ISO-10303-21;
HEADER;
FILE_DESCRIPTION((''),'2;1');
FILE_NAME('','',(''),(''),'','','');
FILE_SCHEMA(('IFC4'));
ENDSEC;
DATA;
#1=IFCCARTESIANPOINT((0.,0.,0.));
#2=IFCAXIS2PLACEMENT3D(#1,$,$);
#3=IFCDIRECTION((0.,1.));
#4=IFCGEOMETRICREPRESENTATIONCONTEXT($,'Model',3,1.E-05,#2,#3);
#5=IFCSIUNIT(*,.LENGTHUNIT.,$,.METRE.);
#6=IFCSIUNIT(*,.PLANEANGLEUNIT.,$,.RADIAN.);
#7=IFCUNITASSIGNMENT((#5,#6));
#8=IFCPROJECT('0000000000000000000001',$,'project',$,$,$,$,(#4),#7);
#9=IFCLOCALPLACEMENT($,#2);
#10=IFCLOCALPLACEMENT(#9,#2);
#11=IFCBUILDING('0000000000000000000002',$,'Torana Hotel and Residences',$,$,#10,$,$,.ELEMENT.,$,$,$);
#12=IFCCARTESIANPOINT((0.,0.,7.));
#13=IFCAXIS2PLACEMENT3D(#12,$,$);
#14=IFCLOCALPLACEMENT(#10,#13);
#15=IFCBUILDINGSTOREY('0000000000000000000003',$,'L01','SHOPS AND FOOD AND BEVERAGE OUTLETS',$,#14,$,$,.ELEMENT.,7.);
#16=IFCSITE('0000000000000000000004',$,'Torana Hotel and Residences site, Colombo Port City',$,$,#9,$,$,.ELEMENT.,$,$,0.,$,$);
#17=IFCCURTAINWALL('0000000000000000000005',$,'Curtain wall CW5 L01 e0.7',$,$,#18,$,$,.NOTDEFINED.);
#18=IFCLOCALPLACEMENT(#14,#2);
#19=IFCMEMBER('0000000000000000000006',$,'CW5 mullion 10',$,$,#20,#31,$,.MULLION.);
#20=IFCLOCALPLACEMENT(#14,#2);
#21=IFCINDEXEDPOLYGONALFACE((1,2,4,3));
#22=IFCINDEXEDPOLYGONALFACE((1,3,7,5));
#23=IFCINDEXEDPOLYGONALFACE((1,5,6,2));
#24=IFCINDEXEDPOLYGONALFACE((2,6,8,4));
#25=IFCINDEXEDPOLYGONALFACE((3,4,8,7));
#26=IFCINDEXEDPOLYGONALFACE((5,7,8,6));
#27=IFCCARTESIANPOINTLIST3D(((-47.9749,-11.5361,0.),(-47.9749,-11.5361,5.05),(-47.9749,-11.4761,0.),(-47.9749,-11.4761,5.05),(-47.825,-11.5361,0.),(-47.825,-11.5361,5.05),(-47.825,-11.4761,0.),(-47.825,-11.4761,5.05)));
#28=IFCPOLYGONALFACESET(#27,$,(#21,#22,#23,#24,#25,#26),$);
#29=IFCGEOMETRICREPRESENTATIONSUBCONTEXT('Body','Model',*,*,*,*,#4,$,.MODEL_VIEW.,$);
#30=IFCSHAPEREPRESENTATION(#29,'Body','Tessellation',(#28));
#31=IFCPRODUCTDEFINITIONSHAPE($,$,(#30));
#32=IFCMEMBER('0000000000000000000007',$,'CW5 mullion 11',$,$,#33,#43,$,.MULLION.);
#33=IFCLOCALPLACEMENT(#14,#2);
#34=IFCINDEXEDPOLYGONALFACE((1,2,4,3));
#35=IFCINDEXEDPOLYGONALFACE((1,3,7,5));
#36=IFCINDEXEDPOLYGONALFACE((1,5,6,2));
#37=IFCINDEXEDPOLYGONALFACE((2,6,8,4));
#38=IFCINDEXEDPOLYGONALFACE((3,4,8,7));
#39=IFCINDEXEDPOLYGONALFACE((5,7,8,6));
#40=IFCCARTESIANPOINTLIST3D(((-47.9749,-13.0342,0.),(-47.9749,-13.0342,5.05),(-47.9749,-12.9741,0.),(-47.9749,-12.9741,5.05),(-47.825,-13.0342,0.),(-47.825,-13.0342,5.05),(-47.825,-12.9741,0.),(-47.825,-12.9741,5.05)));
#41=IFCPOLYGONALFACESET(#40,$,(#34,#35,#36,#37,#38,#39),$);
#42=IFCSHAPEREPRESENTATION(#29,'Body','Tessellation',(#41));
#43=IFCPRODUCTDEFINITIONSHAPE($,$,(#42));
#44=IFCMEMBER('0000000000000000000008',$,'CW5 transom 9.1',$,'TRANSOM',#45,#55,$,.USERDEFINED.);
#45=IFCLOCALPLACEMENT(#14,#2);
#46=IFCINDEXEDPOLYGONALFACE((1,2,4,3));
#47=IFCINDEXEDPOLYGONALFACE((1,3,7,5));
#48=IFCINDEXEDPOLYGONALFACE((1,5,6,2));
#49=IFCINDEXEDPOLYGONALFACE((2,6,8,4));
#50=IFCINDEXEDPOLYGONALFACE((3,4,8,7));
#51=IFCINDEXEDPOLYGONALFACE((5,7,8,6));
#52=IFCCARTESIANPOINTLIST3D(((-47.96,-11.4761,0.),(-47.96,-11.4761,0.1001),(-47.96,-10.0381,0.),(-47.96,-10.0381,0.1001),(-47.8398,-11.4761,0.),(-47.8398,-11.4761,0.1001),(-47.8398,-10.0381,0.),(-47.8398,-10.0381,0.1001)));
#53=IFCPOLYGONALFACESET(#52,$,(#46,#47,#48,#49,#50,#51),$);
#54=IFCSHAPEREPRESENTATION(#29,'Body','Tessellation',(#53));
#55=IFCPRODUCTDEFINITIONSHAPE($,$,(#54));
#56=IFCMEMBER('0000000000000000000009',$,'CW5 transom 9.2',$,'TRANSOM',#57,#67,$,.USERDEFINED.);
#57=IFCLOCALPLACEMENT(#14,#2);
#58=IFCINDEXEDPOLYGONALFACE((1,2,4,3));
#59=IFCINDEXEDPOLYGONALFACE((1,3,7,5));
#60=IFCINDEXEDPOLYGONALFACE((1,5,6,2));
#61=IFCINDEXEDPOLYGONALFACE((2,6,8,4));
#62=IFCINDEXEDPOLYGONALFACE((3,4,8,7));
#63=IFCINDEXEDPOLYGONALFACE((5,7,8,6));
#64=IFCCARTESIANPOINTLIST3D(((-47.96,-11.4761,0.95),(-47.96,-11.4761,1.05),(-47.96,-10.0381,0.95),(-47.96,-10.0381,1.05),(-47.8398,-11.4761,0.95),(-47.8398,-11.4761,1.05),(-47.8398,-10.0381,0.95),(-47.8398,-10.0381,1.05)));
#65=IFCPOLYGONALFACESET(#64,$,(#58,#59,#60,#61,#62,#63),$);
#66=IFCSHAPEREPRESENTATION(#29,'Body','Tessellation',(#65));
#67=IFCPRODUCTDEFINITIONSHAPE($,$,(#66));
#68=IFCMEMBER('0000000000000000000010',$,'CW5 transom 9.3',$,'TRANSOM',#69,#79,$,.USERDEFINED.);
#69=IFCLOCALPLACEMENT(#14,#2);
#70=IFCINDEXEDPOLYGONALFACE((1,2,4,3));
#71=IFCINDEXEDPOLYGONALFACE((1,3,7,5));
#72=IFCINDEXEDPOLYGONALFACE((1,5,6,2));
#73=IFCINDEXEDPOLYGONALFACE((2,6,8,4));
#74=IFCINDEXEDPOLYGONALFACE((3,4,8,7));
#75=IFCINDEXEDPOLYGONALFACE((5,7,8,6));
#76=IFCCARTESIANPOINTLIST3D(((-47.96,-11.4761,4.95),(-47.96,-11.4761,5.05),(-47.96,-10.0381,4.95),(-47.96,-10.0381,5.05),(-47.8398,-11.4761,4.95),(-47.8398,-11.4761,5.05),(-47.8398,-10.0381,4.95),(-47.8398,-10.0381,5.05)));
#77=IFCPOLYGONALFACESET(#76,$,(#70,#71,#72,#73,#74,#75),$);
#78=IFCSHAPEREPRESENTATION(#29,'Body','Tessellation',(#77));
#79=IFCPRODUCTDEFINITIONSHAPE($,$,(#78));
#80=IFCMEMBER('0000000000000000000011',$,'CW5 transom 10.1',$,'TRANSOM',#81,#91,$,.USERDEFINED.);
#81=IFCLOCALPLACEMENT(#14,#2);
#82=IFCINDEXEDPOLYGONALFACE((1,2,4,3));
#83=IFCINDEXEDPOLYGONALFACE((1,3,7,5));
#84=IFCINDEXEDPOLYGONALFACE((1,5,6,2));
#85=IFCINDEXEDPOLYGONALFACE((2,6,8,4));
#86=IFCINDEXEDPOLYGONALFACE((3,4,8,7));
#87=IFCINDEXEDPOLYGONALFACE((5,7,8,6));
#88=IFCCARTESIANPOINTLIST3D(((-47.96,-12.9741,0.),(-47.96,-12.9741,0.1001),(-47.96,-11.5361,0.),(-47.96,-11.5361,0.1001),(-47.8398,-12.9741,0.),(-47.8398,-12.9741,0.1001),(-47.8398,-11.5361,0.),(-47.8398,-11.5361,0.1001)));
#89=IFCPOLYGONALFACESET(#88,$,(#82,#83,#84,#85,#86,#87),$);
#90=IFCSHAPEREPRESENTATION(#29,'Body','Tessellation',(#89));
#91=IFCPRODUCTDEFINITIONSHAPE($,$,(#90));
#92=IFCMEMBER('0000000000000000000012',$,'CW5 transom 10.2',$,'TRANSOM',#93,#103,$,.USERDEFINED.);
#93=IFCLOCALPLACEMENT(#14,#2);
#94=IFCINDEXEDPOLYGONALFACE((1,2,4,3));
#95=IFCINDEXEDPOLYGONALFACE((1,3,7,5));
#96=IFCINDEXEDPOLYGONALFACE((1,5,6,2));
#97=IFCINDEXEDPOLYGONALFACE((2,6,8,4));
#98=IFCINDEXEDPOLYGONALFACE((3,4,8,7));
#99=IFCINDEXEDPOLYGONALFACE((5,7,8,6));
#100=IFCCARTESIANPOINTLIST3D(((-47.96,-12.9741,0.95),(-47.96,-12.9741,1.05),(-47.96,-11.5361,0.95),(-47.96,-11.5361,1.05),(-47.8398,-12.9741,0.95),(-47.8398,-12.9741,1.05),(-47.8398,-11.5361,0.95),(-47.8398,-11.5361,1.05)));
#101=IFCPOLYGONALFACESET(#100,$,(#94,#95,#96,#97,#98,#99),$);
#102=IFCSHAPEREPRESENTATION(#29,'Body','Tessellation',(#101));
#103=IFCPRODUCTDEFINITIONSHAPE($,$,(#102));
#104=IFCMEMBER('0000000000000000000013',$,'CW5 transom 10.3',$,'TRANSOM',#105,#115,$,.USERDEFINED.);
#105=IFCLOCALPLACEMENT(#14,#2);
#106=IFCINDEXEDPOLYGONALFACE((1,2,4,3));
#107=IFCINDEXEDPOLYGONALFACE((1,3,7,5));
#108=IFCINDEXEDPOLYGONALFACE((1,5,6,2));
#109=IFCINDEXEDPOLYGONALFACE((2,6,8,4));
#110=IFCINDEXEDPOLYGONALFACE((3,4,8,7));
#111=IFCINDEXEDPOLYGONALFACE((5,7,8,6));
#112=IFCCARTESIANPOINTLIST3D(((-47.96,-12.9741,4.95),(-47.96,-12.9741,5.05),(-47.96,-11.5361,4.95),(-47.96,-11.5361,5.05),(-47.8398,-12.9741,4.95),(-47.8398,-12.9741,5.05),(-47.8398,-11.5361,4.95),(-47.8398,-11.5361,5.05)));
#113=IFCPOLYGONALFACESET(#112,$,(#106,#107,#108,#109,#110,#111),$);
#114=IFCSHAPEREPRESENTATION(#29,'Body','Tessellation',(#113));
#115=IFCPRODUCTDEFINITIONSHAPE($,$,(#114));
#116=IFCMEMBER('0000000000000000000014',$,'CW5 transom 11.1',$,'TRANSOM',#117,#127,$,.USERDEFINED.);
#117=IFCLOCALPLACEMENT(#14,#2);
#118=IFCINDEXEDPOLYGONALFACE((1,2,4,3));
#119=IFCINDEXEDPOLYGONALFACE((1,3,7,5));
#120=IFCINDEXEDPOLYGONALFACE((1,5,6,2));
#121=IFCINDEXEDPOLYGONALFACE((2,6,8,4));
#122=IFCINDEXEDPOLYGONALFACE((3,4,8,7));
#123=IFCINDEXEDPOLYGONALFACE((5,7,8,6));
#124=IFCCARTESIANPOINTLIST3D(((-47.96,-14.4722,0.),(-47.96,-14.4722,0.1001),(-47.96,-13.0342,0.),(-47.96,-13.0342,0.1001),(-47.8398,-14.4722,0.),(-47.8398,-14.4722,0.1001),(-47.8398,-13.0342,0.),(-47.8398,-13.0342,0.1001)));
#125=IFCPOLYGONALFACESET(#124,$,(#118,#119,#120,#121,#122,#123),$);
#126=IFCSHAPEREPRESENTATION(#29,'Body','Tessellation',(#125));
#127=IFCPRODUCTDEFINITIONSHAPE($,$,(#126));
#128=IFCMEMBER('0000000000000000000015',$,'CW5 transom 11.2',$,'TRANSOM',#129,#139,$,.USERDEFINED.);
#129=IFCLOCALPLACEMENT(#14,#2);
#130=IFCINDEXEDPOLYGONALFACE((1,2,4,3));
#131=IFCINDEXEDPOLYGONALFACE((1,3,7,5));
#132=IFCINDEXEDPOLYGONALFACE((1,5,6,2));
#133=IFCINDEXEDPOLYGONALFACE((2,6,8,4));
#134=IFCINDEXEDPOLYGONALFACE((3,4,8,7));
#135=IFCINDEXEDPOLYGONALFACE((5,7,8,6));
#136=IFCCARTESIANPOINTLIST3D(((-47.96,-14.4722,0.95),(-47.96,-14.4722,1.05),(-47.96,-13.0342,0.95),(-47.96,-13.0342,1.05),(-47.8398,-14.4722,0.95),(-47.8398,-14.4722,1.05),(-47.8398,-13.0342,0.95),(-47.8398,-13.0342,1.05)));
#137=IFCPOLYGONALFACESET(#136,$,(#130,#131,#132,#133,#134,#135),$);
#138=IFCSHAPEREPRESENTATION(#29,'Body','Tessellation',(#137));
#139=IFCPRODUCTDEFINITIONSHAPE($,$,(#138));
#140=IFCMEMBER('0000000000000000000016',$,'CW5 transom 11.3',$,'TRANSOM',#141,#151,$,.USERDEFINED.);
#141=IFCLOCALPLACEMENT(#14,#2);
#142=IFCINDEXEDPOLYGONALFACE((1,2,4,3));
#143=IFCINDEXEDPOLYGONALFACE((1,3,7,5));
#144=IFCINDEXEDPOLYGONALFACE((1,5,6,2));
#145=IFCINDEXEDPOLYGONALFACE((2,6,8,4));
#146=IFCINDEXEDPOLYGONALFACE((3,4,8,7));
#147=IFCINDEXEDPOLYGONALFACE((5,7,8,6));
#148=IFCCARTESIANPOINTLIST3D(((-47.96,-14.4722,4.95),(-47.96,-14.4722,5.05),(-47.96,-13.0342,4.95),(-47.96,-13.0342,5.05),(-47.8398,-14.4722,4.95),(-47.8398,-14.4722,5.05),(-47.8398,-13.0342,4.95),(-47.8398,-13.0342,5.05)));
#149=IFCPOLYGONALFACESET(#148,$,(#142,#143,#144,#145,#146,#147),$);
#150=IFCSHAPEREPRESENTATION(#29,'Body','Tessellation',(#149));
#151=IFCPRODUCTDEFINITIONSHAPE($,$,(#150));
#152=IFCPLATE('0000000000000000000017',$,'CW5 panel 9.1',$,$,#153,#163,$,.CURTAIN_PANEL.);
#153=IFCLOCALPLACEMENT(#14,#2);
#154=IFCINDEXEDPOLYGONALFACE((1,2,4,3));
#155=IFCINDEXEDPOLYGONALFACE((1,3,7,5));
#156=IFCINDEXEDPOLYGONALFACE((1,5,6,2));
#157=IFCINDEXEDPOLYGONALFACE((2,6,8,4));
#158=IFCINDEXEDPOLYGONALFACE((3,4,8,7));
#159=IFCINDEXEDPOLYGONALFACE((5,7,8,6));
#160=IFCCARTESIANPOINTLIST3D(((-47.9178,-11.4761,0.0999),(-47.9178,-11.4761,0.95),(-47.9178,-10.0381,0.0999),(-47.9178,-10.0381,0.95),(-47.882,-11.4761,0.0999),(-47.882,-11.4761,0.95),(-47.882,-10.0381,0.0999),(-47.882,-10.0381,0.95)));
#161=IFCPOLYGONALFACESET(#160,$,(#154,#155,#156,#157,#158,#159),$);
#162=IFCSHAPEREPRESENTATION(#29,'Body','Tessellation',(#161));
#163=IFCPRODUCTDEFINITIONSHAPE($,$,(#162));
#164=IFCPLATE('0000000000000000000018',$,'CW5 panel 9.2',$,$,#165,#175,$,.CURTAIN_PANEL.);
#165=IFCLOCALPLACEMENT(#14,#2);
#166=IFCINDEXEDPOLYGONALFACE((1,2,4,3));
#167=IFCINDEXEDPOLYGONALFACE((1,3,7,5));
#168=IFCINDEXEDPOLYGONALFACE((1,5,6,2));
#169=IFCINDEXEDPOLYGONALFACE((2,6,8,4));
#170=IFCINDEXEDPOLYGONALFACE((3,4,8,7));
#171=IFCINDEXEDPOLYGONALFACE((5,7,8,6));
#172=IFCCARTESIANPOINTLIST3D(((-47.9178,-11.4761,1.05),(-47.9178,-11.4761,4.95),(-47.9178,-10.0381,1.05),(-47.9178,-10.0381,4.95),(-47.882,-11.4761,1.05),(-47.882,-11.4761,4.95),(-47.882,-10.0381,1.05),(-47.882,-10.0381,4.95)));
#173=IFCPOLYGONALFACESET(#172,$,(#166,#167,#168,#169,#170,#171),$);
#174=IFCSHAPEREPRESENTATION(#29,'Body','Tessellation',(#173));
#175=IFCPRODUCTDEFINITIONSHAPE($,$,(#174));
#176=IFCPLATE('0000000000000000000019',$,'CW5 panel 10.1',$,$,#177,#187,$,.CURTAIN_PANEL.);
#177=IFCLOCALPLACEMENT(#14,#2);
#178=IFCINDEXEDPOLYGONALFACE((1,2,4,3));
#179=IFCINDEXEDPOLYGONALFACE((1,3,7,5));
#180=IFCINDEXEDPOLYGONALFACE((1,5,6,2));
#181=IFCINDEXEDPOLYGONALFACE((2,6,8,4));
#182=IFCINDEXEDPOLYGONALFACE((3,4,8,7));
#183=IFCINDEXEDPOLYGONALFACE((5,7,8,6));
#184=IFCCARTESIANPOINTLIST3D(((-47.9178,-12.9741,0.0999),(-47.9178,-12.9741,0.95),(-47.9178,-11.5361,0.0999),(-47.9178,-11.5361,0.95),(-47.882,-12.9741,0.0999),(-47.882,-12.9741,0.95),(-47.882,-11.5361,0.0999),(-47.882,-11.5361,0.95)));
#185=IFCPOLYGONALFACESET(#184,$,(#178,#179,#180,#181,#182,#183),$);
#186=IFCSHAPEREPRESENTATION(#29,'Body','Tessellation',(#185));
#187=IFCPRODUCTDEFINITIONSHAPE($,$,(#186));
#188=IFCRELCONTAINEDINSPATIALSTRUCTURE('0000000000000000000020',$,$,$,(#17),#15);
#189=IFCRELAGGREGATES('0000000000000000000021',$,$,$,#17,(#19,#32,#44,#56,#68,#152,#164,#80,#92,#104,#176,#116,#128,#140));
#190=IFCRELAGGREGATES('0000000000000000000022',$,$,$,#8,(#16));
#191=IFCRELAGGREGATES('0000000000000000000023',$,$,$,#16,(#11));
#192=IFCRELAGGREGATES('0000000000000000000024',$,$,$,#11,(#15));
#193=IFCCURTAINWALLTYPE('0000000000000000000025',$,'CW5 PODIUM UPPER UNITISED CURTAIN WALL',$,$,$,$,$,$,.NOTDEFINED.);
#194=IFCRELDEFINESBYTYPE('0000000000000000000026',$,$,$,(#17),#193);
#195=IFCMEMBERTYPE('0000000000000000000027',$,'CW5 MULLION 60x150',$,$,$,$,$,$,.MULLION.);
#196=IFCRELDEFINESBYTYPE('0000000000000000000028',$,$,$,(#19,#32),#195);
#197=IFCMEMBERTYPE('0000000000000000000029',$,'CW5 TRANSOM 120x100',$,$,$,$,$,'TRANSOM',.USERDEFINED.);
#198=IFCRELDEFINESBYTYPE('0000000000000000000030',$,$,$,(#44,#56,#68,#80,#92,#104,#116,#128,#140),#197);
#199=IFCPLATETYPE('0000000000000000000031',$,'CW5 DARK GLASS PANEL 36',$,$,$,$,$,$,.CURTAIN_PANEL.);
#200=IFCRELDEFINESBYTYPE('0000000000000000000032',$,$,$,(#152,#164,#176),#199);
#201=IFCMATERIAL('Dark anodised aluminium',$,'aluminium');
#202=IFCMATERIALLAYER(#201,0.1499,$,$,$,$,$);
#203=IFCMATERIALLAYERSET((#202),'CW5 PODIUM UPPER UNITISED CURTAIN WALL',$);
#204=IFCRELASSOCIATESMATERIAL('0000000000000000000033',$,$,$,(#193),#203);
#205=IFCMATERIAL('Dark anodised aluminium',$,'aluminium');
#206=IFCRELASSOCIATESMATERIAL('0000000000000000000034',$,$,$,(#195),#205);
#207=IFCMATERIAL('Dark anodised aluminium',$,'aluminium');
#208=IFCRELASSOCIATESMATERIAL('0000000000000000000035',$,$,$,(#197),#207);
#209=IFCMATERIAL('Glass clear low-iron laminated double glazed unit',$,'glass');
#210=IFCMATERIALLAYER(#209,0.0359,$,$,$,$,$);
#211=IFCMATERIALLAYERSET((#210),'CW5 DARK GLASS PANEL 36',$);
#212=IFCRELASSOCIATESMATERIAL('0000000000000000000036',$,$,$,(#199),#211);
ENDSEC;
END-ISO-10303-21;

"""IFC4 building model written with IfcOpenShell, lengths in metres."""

from ifc_helpers import new_model, si_unit, direction, frame, origin, origin_2d, place, context, subcontext, project, spatial, rectangle, extrude, material, layer, layer_set, material_profile, profile_set, type_object, element, aggregate, save


model = new_model("IFC4")

# Units and contexts
model_context = context("Model", 3, precision=1e-05, world=origin(), true_north=direction((0.0, 1.0)))
body_context = subcontext(model_context, "Body", "Model", "MODEL_VIEW")
ifc_project = project(units=[si_unit("LENGTHUNIT", "METRE"), si_unit("PLANEANGLEUNIT", "RADIAN")], contexts=[model_context])

# Site, building, storey
site_placement = place(None, origin())
site = spatial("IfcSite", under=ifc_project, at=site_placement, Name="Torana Hotel and Residences site, Colombo Port City", CompositionType="ELEMENT", RefElevation=0.0)
building_placement = place(site_placement, origin())
building = spatial("IfcBuilding", under=site, at=building_placement, Name="Torana Hotel and Residences", CompositionType="ELEMENT")
storey_placement = place(building_placement, frame((0.0, 0.0, 7.0)))
storey = spatial("IfcBuildingStorey", under=building, at=storey_placement, Name="L01", Description="SHOPS AND FOOD AND BEVERAGE OUTLETS", CompositionType="ELEMENT", Elevation=7.0)

# Curtain wall, members, plates
ifc_material_1 = material(Name="Dark anodised aluminium", Category="aluminium")
ifc_layer_1 = layer(ifc_material_1, 0.1499)
ifc_layer_set_1 = layer_set([ifc_layer_1], Name="CW5 PODIUM UPPER UNITISED CURTAIN WALL")
curtain_wall_type = type_object("IfcCurtainWallType", Name="CW5 PODIUM UPPER UNITISED CURTAIN WALL", PredefinedType="NOTDEFINED", material=ifc_layer_set_1)
curtain_wall_placement = place(storey_placement, origin())
curtain_wall = element("IfcCurtainWall", 1, at=curtain_wall_placement, inside=storey, type_object=curtain_wall_type, Name="Curtain wall CW5 L01 e0.7", PredefinedType="NOTDEFINED")
ifc_material_2 = material(Name="Dark anodised aluminium", Category="aluminium")
ifc_material_profile_1 = material_profile(ifc_material_2, rectangle(XDim=0.1499, YDim=0.0601, at=origin_2d()), Name="CW5 MULLION 60x150")
ifc_profile_set_1 = profile_set([ifc_material_profile_1], Name="Dark anodised aluminium")
member_type_1 = type_object("IfcMemberType", Name="CW5 MULLION 60x150", PredefinedType="MULLION", material=ifc_profile_set_1)
member_1_placement = place(storey_placement, frame((-47.8999, -11.5061, 0.0), z_axis=(0.0, 0.0, 1.0), x_axis=(1.0, 0.0, 0.0)))
member_1 = element("IfcMember", 2, at=member_1_placement, type_object=member_type_1, Name="CW5 mullion 10", PredefinedType="MULLION", context=body_context, shape_type="SweptSolid", body=[
    extrude(rectangle(XDim=0.1499, YDim=0.0601, at=origin_2d()), origin(), (0.0, 0.0, 1.0), 5.05),
])
member_2_placement = place(storey_placement, frame((-47.8999, -13.0042, 0.0), z_axis=(0.0, 0.0, 1.0), x_axis=(1.0, 0.0, 0.0)))
member_2 = element("IfcMember", 3, at=member_2_placement, type_object=member_type_1, Name="CW5 mullion 11", PredefinedType="MULLION", context=body_context, shape_type="SweptSolid", body=[
    extrude(rectangle(XDim=0.1499, YDim=0.0601, at=origin_2d()), origin(), (0.0, 0.0, 1.0), 5.05),
])
ifc_material_3 = material(Name="Dark anodised aluminium", Category="aluminium")
ifc_material_profile_2 = material_profile(ifc_material_3, rectangle(XDim=0.1201, YDim=0.1001, at=origin_2d()), Name="CW5 TRANSOM 120x100")
ifc_profile_set_2 = profile_set([ifc_material_profile_2], Name="Dark anodised aluminium")
member_type_2 = type_object("IfcMemberType", Name="CW5 TRANSOM 120x100", ElementType="TRANSOM", PredefinedType="USERDEFINED", material=ifc_profile_set_2)
member_3_placement = place(storey_placement, frame((-47.8999, -10.0381, 0.05), z_axis=(0.0, -1.0, 0.0), x_axis=(1.0, 0.0, 0.0)))
member_3 = element("IfcMember", 4, at=member_3_placement, type_object=member_type_2, Name="CW5 transom 9.1", ObjectType="TRANSOM", PredefinedType="USERDEFINED", context=body_context, shape_type="SweptSolid", body=[
    extrude(rectangle(XDim=0.1201, YDim=0.1001, at=origin_2d()), origin(), (0.0, 0.0, 1.0), 1.438),
])
member_4_placement = place(storey_placement, frame((-47.8999, -10.0381, 1.0), z_axis=(0.0, -1.0, 0.0), x_axis=(1.0, 0.0, 0.0)))
member_4 = element("IfcMember", 5, at=member_4_placement, type_object=member_type_2, Name="CW5 transom 9.2", ObjectType="TRANSOM", PredefinedType="USERDEFINED", context=body_context, shape_type="SweptSolid", body=[
    extrude(rectangle(XDim=0.1201, YDim=0.1001, at=origin_2d()), origin(), (0.0, 0.0, 1.0), 1.438),
])
member_5_placement = place(storey_placement, frame((-47.8999, -10.0381, 5.0), z_axis=(0.0, -1.0, 0.0), x_axis=(1.0, 0.0, 0.0)))
member_5 = element("IfcMember", 6, at=member_5_placement, type_object=member_type_2, Name="CW5 transom 9.3", ObjectType="TRANSOM", PredefinedType="USERDEFINED", context=body_context, shape_type="SweptSolid", body=[
    extrude(rectangle(XDim=0.1201, YDim=0.1001, at=origin_2d()), origin(), (0.0, 0.0, 1.0), 1.438),
])
member_6_placement = place(storey_placement, frame((-47.8999, -11.5361, 0.05), z_axis=(0.0, -1.0, 0.0), x_axis=(1.0, 0.0, 0.0)))
member_6 = element("IfcMember", 7, at=member_6_placement, type_object=member_type_2, Name="CW5 transom 10.1", ObjectType="TRANSOM", PredefinedType="USERDEFINED", context=body_context, shape_type="SweptSolid", body=[
    extrude(rectangle(XDim=0.1201, YDim=0.1001, at=origin_2d()), origin(), (0.0, 0.0, 1.0), 1.438),
])
member_7_placement = place(storey_placement, frame((-47.8999, -11.5361, 1.0), z_axis=(0.0, -1.0, 0.0), x_axis=(1.0, 0.0, 0.0)))
member_7 = element("IfcMember", 8, at=member_7_placement, type_object=member_type_2, Name="CW5 transom 10.2", ObjectType="TRANSOM", PredefinedType="USERDEFINED", context=body_context, shape_type="SweptSolid", body=[
    extrude(rectangle(XDim=0.1201, YDim=0.1001, at=origin_2d()), origin(), (0.0, 0.0, 1.0), 1.438),
])
member_8_placement = place(storey_placement, frame((-47.8999, -11.5361, 5.0), z_axis=(0.0, -1.0, 0.0), x_axis=(1.0, 0.0, 0.0)))
member_8 = element("IfcMember", 9, at=member_8_placement, type_object=member_type_2, Name="CW5 transom 10.3", ObjectType="TRANSOM", PredefinedType="USERDEFINED", context=body_context, shape_type="SweptSolid", body=[
    extrude(rectangle(XDim=0.1201, YDim=0.1001, at=origin_2d()), origin(), (0.0, 0.0, 1.0), 1.438),
])
member_9_placement = place(storey_placement, frame((-47.8999, -13.0342, 0.05), z_axis=(0.0, -1.0, 0.0), x_axis=(1.0, 0.0, 0.0)))
member_9 = element("IfcMember", 10, at=member_9_placement, type_object=member_type_2, Name="CW5 transom 11.1", ObjectType="TRANSOM", PredefinedType="USERDEFINED", context=body_context, shape_type="SweptSolid", body=[
    extrude(rectangle(XDim=0.1201, YDim=0.1001, at=origin_2d()), origin(), (0.0, 0.0, 1.0), 1.438),
])
member_10_placement = place(storey_placement, frame((-47.8999, -13.0342, 1.0), z_axis=(0.0, -1.0, 0.0), x_axis=(1.0, 0.0, 0.0)))
member_10 = element("IfcMember", 11, at=member_10_placement, type_object=member_type_2, Name="CW5 transom 11.2", ObjectType="TRANSOM", PredefinedType="USERDEFINED", context=body_context, shape_type="SweptSolid", body=[
    extrude(rectangle(XDim=0.1201, YDim=0.1001, at=origin_2d()), origin(), (0.0, 0.0, 1.0), 1.438),
])
member_11_placement = place(storey_placement, frame((-47.8999, -13.0342, 5.0), z_axis=(0.0, -1.0, 0.0), x_axis=(1.0, 0.0, 0.0)))
member_11 = element("IfcMember", 12, at=member_11_placement, type_object=member_type_2, Name="CW5 transom 11.3", ObjectType="TRANSOM", PredefinedType="USERDEFINED", context=body_context, shape_type="SweptSolid", body=[
    extrude(rectangle(XDim=0.1201, YDim=0.1001, at=origin_2d()), origin(), (0.0, 0.0, 1.0), 1.438),
])
ifc_material_4 = material(Name="Glass clear low-iron laminated double glazed unit", Category="glass")
ifc_layer_2 = layer(ifc_material_4, 0.0359)
ifc_layer_set_2 = layer_set([ifc_layer_2], Name="CW5 DARK GLASS PANEL 36")
plate_type = type_object("IfcPlateType", Name="CW5 DARK GLASS PANEL 36", PredefinedType="CURTAIN_PANEL", material=ifc_layer_set_2)
plate_1_placement = place(storey_placement, frame((-47.8999, -10.7571, 0.0999), z_axis=(0.0, 0.0, 1.0), x_axis=(0.0, -1.0, 0.0)))
plate_1 = element("IfcPlate", 13, at=plate_1_placement, type_object=plate_type, Name="CW5 panel 9.1", PredefinedType="CURTAIN_PANEL", context=body_context, shape_type="SweptSolid", body=[
    extrude(rectangle(XDim=1.438, YDim=0.0359, at=origin_2d()), origin(), (0.0, 0.0, 1.0), 0.8501),
])
plate_2_placement = place(storey_placement, frame((-47.8999, -10.7571, 1.05), z_axis=(0.0, 0.0, 1.0), x_axis=(0.0, -1.0, 0.0)))
plate_2 = element("IfcPlate", 14, at=plate_2_placement, type_object=plate_type, Name="CW5 panel 9.2", PredefinedType="CURTAIN_PANEL", context=body_context, shape_type="SweptSolid", body=[
    extrude(rectangle(XDim=1.438, YDim=0.0359, at=origin_2d()), origin(), (0.0, 0.0, 1.0), 3.8999),
])
plate_3_placement = place(storey_placement, frame((-47.8999, -12.2551, 0.0999), z_axis=(0.0, 0.0, 1.0), x_axis=(0.0, -1.0, 0.0)))
plate_3 = element("IfcPlate", 15, at=plate_3_placement, type_object=plate_type, Name="CW5 panel 10.1", PredefinedType="CURTAIN_PANEL", context=body_context, shape_type="SweptSolid", body=[
    extrude(rectangle(XDim=1.438, YDim=0.0359, at=origin_2d()), origin(), (0.0, 0.0, 1.0), 0.8501),
])
aggregate(curtain_wall, [member_1, member_2, member_3, member_4, member_5, plate_1, plate_2, member_6, member_7, member_8, plate_3, member_9, member_10, member_11])

save(model, "model.ifc")
